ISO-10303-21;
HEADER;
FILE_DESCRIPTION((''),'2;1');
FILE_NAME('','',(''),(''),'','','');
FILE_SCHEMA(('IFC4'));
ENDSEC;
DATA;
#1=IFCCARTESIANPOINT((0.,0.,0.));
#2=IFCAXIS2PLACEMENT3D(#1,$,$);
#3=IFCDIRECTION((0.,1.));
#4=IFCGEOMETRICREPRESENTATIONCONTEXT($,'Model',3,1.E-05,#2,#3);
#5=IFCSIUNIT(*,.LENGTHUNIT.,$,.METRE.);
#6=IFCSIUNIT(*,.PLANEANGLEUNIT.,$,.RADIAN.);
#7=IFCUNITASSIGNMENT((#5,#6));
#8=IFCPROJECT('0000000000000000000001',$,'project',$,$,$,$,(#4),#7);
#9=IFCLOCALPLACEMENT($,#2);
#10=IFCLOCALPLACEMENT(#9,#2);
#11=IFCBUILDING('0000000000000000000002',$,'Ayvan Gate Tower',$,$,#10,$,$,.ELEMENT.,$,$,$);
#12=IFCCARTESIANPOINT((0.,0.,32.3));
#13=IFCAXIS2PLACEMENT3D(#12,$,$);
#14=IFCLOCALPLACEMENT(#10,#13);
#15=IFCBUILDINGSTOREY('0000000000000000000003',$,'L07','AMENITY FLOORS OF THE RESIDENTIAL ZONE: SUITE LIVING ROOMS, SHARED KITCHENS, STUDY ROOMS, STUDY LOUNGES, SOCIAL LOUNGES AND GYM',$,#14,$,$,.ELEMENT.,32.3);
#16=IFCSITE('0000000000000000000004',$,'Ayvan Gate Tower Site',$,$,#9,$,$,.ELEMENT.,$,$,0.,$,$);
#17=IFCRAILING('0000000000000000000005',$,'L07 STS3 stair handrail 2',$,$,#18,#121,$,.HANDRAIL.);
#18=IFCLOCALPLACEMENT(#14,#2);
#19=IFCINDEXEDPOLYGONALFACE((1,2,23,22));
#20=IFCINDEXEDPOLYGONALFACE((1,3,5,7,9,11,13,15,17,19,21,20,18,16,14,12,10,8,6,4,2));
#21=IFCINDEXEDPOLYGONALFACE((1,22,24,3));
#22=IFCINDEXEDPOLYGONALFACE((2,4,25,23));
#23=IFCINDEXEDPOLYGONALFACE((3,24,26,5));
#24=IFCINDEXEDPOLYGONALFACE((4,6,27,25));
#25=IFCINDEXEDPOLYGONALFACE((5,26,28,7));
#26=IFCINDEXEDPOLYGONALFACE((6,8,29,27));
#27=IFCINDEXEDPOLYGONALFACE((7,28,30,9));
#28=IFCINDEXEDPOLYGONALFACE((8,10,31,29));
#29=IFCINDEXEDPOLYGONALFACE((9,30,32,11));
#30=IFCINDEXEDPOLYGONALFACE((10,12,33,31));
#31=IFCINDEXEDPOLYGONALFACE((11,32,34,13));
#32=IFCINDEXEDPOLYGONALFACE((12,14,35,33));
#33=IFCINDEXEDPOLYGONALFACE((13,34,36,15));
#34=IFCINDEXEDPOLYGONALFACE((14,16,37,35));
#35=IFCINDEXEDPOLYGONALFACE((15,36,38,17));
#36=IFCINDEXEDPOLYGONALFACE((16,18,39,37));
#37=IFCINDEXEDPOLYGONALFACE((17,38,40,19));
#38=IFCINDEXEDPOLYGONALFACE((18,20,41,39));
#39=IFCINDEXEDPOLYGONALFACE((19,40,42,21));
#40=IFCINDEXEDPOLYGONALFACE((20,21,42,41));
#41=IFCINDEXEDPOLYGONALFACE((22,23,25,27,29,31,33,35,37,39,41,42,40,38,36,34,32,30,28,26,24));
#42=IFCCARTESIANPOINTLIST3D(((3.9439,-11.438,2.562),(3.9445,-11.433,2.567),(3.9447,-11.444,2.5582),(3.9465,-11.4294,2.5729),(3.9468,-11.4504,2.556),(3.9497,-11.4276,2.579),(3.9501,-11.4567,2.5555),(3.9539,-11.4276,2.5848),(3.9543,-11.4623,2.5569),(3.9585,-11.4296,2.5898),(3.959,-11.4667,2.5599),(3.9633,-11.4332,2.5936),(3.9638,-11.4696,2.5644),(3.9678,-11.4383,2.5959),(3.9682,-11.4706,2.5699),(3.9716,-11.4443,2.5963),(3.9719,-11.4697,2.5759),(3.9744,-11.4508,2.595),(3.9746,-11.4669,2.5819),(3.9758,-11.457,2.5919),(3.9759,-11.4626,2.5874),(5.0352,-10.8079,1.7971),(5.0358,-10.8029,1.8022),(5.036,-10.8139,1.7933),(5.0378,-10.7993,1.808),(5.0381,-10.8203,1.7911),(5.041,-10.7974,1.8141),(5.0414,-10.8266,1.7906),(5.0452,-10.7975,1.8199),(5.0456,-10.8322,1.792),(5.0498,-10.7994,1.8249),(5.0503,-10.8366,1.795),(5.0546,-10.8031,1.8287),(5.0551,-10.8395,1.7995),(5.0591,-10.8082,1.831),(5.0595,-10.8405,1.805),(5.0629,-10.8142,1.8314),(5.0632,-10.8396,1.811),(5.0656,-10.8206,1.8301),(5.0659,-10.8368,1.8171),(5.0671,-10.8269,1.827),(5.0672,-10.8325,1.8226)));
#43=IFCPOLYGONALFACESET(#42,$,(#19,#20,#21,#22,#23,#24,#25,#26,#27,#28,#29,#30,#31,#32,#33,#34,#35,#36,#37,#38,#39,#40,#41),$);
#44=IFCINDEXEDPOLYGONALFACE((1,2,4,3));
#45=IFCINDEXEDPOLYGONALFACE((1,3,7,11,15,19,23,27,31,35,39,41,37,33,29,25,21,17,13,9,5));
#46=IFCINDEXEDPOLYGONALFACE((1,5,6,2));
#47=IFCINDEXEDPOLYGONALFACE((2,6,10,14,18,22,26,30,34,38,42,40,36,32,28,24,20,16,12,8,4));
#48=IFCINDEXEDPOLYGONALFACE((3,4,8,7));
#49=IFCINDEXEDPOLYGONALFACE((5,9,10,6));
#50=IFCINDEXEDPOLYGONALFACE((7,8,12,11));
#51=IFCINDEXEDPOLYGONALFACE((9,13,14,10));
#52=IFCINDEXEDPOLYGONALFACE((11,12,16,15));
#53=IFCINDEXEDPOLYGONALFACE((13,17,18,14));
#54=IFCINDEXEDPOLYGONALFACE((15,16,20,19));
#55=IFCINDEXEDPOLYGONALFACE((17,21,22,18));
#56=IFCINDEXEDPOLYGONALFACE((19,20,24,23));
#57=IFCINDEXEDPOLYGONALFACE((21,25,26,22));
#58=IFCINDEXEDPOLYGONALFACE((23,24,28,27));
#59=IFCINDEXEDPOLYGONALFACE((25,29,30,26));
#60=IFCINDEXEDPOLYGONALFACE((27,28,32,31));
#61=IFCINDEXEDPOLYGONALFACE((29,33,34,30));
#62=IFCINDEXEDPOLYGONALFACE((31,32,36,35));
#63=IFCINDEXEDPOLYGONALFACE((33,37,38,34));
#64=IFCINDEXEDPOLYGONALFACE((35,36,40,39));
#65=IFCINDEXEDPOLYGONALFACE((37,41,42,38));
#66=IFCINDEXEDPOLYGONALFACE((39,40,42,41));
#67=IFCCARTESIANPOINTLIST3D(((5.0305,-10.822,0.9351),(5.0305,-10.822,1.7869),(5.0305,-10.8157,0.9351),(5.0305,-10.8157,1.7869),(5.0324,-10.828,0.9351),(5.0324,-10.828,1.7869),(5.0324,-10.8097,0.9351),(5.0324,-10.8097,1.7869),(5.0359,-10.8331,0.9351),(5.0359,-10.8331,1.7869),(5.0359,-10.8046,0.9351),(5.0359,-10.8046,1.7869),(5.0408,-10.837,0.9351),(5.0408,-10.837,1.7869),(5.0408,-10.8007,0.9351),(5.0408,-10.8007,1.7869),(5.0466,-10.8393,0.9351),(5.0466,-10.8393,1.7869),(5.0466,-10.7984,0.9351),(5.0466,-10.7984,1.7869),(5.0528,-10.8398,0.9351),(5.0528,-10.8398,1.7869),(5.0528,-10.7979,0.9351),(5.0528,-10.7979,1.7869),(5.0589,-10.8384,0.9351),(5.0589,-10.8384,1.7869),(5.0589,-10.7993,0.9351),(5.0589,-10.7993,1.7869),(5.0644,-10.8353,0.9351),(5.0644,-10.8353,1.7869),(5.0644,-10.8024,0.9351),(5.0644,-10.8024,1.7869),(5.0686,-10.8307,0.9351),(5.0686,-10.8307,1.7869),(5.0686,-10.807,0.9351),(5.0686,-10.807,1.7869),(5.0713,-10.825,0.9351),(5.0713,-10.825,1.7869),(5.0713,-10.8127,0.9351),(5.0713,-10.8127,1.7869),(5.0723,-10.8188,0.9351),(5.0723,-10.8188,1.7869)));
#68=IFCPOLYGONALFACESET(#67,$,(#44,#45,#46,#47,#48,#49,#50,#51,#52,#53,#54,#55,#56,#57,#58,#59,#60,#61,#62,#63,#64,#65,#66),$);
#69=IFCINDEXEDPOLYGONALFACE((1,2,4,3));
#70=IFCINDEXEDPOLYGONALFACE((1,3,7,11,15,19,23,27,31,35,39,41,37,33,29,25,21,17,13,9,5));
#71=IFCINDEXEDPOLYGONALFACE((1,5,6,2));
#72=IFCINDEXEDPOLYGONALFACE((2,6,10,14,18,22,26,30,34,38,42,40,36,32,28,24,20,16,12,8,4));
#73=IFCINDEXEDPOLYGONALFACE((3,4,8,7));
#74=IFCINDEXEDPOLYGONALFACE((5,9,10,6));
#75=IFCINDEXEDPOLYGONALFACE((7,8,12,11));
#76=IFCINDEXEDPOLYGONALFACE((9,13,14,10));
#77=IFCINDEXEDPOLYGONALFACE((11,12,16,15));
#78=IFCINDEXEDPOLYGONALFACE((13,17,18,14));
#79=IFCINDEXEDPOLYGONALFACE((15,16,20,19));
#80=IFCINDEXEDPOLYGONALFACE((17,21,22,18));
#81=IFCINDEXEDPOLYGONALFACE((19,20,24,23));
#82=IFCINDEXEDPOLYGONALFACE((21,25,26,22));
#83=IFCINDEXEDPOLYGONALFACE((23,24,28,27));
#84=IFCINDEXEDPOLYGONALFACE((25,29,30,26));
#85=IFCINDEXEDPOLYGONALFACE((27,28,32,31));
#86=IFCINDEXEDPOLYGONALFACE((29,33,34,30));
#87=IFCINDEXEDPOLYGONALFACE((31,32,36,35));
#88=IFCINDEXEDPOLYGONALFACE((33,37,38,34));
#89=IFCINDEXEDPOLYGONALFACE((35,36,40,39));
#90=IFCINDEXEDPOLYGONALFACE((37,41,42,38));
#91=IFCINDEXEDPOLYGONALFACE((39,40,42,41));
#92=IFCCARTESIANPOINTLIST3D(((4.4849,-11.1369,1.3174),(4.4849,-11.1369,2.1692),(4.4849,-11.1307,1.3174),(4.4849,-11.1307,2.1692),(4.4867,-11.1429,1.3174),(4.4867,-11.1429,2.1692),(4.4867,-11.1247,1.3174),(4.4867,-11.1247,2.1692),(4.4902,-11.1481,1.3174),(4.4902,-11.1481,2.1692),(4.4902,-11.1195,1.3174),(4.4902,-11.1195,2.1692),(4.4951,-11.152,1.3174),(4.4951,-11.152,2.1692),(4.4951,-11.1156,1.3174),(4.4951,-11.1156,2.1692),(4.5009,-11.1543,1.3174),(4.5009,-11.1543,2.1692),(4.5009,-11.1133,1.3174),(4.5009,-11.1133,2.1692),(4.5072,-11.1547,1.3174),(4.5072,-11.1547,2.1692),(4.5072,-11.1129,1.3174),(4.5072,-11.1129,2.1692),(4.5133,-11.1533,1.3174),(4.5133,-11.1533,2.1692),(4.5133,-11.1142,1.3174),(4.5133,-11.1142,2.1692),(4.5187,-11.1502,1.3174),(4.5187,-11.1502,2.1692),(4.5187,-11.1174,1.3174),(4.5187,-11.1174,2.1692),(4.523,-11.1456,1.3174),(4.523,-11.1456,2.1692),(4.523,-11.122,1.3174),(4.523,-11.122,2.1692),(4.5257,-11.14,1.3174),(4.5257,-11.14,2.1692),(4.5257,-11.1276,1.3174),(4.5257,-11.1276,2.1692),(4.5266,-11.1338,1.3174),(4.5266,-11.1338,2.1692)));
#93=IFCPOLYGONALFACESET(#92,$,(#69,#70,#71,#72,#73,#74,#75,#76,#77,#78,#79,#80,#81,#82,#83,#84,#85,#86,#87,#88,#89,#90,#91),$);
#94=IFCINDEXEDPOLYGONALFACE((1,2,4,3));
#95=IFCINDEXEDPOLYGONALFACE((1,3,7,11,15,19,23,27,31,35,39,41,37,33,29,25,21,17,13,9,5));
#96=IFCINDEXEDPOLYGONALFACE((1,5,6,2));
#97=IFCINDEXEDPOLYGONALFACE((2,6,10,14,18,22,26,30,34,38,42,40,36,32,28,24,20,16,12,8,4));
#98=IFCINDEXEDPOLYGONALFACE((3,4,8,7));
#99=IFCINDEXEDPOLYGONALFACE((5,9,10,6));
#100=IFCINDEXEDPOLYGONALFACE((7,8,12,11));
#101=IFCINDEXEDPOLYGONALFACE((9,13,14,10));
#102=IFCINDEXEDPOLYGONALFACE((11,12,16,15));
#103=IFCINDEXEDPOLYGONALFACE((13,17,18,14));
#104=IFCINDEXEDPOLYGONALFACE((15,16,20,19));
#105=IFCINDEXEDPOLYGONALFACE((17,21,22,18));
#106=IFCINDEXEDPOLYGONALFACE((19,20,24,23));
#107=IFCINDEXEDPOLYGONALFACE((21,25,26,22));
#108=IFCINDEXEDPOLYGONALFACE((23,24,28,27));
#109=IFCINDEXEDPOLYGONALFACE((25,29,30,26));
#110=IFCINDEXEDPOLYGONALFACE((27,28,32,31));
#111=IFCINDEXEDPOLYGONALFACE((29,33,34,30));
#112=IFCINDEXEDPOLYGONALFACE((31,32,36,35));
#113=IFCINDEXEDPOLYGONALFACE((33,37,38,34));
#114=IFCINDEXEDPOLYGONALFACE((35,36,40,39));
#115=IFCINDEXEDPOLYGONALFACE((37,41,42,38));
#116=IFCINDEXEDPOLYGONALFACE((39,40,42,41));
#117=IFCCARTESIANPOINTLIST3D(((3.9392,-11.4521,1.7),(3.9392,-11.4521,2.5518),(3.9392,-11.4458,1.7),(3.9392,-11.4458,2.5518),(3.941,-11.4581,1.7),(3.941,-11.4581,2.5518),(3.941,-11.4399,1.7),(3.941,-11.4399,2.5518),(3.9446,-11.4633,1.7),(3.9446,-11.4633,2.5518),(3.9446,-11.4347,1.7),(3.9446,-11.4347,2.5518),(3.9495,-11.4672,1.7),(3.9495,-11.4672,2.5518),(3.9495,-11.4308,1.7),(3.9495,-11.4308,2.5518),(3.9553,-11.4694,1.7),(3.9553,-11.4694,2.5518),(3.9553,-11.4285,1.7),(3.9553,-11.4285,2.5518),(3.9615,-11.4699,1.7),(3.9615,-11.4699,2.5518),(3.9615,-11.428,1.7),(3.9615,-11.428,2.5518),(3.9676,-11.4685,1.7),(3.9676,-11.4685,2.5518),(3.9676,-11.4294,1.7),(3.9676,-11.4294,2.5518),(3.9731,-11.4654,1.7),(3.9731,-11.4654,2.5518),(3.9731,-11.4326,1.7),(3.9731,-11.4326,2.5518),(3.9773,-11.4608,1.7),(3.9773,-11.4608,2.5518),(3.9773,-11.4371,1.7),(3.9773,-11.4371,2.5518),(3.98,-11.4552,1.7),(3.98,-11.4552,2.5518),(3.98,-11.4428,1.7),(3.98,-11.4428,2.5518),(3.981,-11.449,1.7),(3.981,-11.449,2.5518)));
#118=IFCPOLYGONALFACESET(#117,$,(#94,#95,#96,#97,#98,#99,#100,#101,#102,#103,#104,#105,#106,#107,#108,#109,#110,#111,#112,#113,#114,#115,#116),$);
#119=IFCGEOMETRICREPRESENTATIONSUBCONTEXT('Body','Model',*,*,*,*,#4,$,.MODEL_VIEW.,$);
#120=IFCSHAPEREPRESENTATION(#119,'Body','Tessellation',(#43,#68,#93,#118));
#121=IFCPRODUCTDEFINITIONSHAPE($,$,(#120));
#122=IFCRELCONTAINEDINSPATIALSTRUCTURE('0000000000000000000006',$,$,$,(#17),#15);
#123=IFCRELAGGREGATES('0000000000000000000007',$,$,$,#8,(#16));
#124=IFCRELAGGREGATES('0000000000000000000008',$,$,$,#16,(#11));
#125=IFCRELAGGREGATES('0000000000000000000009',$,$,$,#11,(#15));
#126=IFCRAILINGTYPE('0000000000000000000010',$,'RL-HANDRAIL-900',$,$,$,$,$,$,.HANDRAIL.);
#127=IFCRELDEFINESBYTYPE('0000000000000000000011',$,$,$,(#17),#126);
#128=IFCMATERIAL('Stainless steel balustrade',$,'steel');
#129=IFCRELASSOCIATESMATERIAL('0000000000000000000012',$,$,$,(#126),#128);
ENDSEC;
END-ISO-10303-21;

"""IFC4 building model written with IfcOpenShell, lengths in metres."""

from ifc_helpers import new_model, si_unit, direction, frame, origin, origin_2d, place, context, subcontext, project, spatial, circle, extrude, material, type_object, element, save


model = new_model("IFC4")

# Units and contexts
model_context = context("Model", 3, precision=1e-05, world=origin(), true_north=direction((0.0, 1.0)))
body_context = subcontext(model_context, "Body", "Model", "MODEL_VIEW")
ifc_project = project(units=[si_unit("LENGTHUNIT", "METRE"), si_unit("PLANEANGLEUNIT", "RADIAN")], contexts=[model_context])

# Site, building, storey
site_placement = place(None, origin())
site = spatial("IfcSite", under=ifc_project, at=site_placement, Name="Ayvan Gate Tower Site", CompositionType="ELEMENT", RefElevation=0.0)
building_placement = place(site_placement, origin())
building = spatial("IfcBuilding", under=site, at=building_placement, Name="Ayvan Gate Tower", CompositionType="ELEMENT")
storey_placement = place(building_placement, frame((0.0, 0.0, 32.3)))
storey = spatial("IfcBuildingStorey", under=building, at=storey_placement, Name="L07", Description="AMENITY FLOORS OF THE RESIDENTIAL ZONE: SUITE LIVING ROOMS, SHARED KITCHENS, STUDY ROOMS, STUDY LOUNGES, SOCIAL LOUNGES AND GYM", CompositionType="ELEMENT", Elevation=32.3)

# Railing
ifc_material_1 = material(Name="Stainless steel balustrade", Category="steel")
railing_type_1 = type_object("IfcRailingType", Name="RL-HANDRAIL-900", PredefinedType="HANDRAIL", material=ifc_material_1)
railing_1_placement = place(storey_placement, frame((5.0513, -10.8188, 0.9351)))
element("IfcRailing", 1, at=railing_1_placement, inside=storey, type_object=railing_type_1, Name="L07 STS3 stair handrail 2", PredefinedType="HANDRAIL", context=body_context, shape_type="SweptSolid", body=[
    extrude(circle(Radius=0.0239, at=origin_2d()), frame((0.0, 0.0, 0.876), z_axis=(-0.740304, -0.427455, 0.518875), x_axis=(0.500035, -0.866005, 0.0)), (0.0, 0.0, 1.0), 1.4741),
    extrude(circle(Radius=0.021, at=origin_2d()), origin(), (0.0, 0.0, 1.0), 0.8518),
    extrude(circle(Radius=0.021, at=origin_2d()), frame((-0.5457, -0.3149, 0.3823)), (0.0, 0.0, 1.0), 0.8518),
    extrude(circle(Radius=0.021, at=origin_2d()), frame((-1.0913, -0.6301, 0.7649)), (0.0, 0.0, 1.0), 0.8518),
])

save(model, "model.ifc")
